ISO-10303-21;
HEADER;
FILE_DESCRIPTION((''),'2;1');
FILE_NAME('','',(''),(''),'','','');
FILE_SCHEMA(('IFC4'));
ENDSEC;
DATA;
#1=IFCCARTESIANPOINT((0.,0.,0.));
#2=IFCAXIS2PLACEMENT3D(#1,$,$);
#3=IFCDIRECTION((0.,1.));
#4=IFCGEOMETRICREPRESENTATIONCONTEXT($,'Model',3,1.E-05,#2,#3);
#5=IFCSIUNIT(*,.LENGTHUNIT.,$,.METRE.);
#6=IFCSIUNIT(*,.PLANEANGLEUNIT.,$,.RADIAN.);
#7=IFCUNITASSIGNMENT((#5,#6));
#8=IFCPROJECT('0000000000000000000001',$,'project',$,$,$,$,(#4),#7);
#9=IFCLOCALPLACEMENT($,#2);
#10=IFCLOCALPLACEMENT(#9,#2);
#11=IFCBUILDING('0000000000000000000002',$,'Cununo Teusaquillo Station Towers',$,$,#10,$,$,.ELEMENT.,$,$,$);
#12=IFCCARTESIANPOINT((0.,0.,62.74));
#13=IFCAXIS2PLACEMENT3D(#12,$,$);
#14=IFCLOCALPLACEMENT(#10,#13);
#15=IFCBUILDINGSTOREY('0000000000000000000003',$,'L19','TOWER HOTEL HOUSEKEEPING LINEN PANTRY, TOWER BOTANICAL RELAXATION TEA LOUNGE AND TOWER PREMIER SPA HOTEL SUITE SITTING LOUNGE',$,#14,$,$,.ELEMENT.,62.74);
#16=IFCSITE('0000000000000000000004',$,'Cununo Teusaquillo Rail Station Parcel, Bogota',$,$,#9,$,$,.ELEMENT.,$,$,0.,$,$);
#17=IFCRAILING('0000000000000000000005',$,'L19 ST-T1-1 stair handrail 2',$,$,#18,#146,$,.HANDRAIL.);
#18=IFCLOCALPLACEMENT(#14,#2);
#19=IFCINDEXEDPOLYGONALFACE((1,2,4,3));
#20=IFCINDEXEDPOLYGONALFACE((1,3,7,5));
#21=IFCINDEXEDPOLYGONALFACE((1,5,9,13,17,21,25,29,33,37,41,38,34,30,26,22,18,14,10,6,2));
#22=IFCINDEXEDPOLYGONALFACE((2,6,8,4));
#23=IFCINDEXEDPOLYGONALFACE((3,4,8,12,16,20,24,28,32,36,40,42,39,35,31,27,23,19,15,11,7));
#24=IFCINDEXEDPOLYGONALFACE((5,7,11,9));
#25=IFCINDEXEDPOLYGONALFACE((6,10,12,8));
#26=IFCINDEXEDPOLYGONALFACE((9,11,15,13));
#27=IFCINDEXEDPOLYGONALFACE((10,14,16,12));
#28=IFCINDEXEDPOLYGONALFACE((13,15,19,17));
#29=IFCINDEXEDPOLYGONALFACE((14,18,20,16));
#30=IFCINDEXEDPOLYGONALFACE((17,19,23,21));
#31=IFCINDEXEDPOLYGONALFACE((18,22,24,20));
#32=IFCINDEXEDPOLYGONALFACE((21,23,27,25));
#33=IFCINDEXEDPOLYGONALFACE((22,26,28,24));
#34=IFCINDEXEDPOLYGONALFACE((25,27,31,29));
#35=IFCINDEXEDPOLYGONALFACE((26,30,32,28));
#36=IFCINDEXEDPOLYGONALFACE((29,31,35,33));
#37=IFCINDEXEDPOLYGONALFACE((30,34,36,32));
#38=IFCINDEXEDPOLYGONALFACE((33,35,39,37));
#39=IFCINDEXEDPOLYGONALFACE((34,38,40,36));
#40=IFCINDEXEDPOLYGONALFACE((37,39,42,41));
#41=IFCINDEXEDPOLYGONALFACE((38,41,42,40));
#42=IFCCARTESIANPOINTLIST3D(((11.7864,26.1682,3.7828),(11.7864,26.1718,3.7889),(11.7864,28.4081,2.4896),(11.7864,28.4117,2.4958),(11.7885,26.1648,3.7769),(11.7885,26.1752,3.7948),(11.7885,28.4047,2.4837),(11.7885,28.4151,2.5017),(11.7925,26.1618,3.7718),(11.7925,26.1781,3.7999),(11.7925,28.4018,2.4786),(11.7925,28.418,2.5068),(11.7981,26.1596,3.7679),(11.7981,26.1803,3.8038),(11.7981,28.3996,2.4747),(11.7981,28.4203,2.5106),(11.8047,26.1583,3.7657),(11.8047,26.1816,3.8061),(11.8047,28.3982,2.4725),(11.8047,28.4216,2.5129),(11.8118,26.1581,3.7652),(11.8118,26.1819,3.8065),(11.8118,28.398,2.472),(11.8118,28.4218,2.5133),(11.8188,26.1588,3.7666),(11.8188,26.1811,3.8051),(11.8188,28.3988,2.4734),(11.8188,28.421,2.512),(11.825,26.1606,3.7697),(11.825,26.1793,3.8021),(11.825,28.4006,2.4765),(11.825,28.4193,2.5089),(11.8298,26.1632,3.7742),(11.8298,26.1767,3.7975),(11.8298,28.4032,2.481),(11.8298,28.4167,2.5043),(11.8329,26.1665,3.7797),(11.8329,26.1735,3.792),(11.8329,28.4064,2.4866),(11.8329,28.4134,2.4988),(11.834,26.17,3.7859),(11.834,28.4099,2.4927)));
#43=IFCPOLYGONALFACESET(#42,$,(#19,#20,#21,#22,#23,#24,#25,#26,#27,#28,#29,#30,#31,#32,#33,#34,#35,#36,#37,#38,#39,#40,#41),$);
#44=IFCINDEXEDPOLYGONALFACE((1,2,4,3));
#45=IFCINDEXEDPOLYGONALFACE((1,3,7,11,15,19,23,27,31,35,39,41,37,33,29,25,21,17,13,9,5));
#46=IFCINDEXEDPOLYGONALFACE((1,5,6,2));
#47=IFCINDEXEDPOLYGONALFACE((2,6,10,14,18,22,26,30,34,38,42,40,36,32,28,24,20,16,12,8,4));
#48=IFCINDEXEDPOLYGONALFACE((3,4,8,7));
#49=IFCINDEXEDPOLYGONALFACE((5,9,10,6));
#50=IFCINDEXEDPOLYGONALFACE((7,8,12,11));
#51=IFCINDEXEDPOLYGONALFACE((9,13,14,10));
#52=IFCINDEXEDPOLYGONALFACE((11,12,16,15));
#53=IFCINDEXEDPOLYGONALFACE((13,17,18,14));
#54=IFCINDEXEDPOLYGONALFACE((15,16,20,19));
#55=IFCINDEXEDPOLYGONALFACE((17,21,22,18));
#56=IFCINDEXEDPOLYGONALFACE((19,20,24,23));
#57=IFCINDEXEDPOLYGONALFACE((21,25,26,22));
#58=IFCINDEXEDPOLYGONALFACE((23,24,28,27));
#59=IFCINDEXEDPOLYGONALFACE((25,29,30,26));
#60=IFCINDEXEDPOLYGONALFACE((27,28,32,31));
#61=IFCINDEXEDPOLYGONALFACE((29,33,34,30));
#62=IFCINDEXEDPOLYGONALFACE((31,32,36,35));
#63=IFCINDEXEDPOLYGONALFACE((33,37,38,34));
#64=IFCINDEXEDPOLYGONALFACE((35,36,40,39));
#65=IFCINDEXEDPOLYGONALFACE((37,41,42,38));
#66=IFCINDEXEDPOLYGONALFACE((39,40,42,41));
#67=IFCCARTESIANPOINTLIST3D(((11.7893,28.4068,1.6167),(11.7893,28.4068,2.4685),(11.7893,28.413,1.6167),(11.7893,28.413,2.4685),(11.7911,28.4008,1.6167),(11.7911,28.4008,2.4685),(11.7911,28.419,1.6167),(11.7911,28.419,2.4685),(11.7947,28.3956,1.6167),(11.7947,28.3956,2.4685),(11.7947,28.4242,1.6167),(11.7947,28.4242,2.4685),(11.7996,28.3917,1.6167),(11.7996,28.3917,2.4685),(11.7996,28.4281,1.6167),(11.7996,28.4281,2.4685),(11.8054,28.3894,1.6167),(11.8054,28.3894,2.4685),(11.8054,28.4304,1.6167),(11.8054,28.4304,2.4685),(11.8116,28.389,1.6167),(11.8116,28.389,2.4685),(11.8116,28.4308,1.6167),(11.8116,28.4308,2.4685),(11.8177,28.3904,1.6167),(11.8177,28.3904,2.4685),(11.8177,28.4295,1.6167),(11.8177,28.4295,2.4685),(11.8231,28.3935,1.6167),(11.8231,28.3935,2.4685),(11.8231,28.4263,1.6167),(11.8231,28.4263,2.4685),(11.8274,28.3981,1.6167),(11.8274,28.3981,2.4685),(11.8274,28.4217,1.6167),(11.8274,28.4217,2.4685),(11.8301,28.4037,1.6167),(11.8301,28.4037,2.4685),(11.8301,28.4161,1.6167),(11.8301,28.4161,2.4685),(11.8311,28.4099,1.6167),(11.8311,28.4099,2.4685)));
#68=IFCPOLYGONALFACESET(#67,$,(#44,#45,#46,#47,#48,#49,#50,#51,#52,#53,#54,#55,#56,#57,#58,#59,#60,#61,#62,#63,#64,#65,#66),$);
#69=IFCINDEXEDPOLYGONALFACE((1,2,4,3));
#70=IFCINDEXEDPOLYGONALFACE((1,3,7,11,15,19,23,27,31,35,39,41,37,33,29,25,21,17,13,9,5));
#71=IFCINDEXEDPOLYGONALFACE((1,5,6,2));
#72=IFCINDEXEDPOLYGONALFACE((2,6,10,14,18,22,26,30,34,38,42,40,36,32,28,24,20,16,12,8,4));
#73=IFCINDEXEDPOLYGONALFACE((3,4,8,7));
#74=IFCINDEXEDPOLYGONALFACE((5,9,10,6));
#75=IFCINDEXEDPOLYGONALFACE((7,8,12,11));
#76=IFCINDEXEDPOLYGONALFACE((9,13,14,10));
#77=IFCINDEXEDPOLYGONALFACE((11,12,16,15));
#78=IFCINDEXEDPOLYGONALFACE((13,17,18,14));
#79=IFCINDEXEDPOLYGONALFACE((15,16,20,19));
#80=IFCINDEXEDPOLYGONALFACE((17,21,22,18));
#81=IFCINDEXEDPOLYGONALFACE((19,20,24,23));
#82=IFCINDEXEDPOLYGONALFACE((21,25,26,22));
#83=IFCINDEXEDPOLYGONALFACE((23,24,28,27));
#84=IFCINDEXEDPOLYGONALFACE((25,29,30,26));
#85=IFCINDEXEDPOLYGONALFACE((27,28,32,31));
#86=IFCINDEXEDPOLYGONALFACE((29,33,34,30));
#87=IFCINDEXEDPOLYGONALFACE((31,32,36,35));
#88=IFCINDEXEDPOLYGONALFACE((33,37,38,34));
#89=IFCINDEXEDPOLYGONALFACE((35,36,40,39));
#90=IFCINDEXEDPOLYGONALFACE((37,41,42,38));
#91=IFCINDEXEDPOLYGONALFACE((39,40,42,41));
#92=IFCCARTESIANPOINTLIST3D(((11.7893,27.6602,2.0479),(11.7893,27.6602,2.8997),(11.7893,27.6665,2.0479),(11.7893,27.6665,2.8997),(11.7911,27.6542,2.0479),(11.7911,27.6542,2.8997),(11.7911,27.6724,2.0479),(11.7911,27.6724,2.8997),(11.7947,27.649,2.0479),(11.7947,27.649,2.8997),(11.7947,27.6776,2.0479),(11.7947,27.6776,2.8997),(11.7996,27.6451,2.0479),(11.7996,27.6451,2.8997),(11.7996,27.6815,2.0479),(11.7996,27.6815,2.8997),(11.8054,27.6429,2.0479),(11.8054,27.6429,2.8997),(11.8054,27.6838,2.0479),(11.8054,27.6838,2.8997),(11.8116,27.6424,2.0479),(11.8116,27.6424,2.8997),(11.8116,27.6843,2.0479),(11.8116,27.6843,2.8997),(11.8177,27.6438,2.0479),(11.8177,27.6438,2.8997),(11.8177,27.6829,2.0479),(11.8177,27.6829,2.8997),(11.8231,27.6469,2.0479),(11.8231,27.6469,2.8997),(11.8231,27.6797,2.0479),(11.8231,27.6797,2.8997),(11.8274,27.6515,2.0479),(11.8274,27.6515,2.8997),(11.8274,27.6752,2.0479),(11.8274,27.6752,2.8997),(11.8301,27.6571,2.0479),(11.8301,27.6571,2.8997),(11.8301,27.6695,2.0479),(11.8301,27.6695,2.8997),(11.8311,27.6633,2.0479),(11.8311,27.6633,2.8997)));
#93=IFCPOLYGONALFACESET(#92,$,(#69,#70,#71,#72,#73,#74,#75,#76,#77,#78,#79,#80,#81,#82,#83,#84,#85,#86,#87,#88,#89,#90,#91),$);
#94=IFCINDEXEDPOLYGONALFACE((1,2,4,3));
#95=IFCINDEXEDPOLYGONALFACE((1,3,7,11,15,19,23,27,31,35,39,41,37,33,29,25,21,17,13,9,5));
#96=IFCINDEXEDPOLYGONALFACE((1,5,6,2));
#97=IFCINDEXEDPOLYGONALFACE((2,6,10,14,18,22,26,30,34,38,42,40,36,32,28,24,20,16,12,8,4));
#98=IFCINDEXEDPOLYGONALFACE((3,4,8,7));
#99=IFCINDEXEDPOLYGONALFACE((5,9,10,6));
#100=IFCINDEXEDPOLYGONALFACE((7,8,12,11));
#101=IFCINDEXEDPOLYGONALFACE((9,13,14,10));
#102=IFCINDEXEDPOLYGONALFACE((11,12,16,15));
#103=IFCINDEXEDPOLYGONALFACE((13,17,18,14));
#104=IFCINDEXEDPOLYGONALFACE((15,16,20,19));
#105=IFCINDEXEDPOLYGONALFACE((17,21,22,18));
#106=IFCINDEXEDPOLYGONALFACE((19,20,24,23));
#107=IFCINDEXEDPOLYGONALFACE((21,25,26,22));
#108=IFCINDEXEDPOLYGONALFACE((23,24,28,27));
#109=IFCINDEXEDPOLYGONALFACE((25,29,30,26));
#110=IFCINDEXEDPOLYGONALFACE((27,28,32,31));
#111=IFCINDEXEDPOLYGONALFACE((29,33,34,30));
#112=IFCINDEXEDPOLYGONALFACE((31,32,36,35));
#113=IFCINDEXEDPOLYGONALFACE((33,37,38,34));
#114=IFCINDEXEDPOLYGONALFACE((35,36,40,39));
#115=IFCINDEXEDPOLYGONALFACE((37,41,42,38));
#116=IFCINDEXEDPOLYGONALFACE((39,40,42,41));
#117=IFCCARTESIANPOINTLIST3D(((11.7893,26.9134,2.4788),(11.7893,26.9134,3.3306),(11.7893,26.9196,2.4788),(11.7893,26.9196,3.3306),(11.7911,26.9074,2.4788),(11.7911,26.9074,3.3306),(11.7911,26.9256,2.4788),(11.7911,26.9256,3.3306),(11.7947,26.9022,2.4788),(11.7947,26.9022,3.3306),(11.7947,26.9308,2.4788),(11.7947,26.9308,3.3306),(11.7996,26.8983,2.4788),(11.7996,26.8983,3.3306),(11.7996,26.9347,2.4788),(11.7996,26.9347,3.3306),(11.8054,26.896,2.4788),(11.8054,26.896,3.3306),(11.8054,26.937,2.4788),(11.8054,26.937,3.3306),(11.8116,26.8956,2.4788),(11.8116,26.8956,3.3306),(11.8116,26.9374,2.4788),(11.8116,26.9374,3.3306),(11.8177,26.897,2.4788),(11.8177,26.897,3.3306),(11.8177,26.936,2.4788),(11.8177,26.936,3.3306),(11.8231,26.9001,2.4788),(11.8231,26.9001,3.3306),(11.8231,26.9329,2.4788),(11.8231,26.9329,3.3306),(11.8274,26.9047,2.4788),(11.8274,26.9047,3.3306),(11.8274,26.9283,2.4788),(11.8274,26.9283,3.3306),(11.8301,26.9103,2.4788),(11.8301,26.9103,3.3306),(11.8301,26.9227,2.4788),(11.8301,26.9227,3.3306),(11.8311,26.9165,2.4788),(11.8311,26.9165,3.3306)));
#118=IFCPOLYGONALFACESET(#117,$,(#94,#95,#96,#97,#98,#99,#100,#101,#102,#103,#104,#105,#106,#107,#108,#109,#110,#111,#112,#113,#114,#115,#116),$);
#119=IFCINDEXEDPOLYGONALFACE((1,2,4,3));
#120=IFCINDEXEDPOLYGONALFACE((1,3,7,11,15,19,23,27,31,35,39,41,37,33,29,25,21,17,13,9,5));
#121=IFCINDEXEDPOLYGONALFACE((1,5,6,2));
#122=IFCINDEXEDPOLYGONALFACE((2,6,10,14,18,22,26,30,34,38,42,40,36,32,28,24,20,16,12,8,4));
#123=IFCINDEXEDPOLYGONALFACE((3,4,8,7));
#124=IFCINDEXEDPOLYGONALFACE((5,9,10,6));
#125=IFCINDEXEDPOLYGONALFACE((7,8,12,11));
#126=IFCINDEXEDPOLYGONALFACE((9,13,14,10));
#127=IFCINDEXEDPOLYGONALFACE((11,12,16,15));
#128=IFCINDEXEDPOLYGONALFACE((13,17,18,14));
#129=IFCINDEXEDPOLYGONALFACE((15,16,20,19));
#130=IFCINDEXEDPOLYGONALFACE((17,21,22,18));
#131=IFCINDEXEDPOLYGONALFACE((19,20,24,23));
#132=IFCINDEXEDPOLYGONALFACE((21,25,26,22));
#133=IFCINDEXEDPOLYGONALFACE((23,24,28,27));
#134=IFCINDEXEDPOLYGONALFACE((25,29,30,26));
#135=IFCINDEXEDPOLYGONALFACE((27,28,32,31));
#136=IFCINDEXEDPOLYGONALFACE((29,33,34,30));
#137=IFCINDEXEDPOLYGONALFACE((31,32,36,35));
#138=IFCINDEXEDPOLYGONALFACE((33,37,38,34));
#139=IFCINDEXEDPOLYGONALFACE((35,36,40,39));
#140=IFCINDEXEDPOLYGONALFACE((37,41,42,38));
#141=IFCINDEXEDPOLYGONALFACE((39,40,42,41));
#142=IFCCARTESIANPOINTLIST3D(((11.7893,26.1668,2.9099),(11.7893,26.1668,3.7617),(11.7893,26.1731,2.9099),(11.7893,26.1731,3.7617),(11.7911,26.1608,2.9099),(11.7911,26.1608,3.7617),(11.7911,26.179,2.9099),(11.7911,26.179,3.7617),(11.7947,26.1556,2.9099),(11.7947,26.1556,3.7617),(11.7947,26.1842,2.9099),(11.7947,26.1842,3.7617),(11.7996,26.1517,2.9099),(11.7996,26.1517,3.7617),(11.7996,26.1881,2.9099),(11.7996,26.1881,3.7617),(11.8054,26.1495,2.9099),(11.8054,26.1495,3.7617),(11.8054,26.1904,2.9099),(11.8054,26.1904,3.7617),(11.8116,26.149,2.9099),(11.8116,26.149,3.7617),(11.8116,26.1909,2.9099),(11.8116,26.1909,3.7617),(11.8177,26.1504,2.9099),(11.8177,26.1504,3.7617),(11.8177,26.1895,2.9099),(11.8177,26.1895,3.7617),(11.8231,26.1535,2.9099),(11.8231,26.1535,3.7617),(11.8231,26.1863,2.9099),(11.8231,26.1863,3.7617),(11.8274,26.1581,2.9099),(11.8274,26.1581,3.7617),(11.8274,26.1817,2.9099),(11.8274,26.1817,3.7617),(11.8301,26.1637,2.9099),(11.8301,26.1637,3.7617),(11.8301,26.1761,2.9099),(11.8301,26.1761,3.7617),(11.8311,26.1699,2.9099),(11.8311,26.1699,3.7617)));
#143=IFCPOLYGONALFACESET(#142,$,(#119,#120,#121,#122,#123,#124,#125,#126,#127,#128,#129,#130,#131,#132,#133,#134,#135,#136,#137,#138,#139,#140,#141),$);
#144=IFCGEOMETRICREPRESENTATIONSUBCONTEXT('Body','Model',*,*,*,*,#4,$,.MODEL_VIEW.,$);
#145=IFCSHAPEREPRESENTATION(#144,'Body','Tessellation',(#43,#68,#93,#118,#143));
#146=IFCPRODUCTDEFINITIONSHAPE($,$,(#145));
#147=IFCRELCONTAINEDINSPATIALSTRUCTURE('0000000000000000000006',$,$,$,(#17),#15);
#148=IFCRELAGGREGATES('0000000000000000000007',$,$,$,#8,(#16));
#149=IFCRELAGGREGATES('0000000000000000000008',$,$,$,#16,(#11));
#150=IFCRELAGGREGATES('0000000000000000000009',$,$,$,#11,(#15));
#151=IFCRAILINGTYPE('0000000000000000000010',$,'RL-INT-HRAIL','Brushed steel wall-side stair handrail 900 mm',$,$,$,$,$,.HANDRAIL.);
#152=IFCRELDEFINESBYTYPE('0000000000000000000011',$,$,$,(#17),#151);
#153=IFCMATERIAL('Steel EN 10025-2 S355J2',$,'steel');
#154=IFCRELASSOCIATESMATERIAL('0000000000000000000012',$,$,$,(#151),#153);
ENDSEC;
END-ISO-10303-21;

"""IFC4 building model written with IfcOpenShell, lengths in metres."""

from ifc_helpers import new_model, si_unit, direction, frame, origin, origin_2d, place, context, subcontext, project, spatial, circle, extrude, material, type_object, element, save


model = new_model("IFC4")

# Units and contexts
model_context = context("Model", 3, precision=1e-05, world=origin(), true_north=direction((0.0, 1.0)))
body_context = subcontext(model_context, "Body", "Model", "MODEL_VIEW")
ifc_project = project(units=[si_unit("LENGTHUNIT", "METRE"), si_unit("PLANEANGLEUNIT", "RADIAN")], contexts=[model_context])

# Site, building, storey
site_placement = place(None, origin())
site = spatial("IfcSite", under=ifc_project, at=site_placement, Name="Cununo Teusaquillo Rail Station Parcel, Bogota", CompositionType="ELEMENT", RefElevation=0.0)
building_placement = place(site_placement, origin())
building = spatial("IfcBuilding", under=site, at=building_placement, Name="Cununo Teusaquillo Station Towers", CompositionType="ELEMENT")
storey_placement = place(building_placement, frame((0.0, 0.0, 62.74)))
storey = spatial("IfcBuildingStorey", under=building, at=storey_placement, Name="L19", Description="TOWER HOTEL HOUSEKEEPING LINEN PANTRY, TOWER BOTANICAL RELAXATION TEA LOUNGE AND TOWER PREMIER SPA HOTEL SUITE SITTING LOUNGE", CompositionType="ELEMENT", Elevation=62.74)

# Railing
ifc_material_1 = material(Name="Steel EN 10025-2 S355J2", Category="steel")
railing_type_1 = type_object("IfcRailingType", Name="RL-INT-HRAIL", Description="Brushed steel wall-side stair handrail 900 mm", PredefinedType="HANDRAIL", material=ifc_material_1)
railing_1_placement = place(storey_placement, frame((11.8101, 28.4099, 1.6167)))
element("IfcRailing", 1, at=railing_1_placement, inside=storey, type_object=railing_type_1, Name="L19 ST-T1-1 stair handrail 2", PredefinedType="HANDRAIL", context=body_context, shape_type="SweptSolid", body=[
    extrude(circle(Radius=0.0239, at=origin_2d()), frame((0.0, 0.0, 0.876), z_axis=(0.0, -0.866033, 0.499987), x_axis=(1.0, 0.0, 0.0)), (0.0, 0.0, 1.0), 2.5864),
    extrude(circle(Radius=0.021, at=origin_2d()), origin(), (0.0, 0.0, 1.0), 0.8518),
    extrude(circle(Radius=0.021, at=origin_2d()), frame((0.0, -0.7466, 0.4312)), (0.0, 0.0, 1.0), 0.8518),
    extrude(circle(Radius=0.021, at=origin_2d()), frame((0.0, -1.4934, 0.8621)), (0.0, 0.0, 1.0), 0.8518),
    extrude(circle(Radius=0.021, at=origin_2d()), frame((0.0, -2.24, 1.2932)), (0.0, 0.0, 1.0), 0.8518),
])

save(model, "model.ifc")
